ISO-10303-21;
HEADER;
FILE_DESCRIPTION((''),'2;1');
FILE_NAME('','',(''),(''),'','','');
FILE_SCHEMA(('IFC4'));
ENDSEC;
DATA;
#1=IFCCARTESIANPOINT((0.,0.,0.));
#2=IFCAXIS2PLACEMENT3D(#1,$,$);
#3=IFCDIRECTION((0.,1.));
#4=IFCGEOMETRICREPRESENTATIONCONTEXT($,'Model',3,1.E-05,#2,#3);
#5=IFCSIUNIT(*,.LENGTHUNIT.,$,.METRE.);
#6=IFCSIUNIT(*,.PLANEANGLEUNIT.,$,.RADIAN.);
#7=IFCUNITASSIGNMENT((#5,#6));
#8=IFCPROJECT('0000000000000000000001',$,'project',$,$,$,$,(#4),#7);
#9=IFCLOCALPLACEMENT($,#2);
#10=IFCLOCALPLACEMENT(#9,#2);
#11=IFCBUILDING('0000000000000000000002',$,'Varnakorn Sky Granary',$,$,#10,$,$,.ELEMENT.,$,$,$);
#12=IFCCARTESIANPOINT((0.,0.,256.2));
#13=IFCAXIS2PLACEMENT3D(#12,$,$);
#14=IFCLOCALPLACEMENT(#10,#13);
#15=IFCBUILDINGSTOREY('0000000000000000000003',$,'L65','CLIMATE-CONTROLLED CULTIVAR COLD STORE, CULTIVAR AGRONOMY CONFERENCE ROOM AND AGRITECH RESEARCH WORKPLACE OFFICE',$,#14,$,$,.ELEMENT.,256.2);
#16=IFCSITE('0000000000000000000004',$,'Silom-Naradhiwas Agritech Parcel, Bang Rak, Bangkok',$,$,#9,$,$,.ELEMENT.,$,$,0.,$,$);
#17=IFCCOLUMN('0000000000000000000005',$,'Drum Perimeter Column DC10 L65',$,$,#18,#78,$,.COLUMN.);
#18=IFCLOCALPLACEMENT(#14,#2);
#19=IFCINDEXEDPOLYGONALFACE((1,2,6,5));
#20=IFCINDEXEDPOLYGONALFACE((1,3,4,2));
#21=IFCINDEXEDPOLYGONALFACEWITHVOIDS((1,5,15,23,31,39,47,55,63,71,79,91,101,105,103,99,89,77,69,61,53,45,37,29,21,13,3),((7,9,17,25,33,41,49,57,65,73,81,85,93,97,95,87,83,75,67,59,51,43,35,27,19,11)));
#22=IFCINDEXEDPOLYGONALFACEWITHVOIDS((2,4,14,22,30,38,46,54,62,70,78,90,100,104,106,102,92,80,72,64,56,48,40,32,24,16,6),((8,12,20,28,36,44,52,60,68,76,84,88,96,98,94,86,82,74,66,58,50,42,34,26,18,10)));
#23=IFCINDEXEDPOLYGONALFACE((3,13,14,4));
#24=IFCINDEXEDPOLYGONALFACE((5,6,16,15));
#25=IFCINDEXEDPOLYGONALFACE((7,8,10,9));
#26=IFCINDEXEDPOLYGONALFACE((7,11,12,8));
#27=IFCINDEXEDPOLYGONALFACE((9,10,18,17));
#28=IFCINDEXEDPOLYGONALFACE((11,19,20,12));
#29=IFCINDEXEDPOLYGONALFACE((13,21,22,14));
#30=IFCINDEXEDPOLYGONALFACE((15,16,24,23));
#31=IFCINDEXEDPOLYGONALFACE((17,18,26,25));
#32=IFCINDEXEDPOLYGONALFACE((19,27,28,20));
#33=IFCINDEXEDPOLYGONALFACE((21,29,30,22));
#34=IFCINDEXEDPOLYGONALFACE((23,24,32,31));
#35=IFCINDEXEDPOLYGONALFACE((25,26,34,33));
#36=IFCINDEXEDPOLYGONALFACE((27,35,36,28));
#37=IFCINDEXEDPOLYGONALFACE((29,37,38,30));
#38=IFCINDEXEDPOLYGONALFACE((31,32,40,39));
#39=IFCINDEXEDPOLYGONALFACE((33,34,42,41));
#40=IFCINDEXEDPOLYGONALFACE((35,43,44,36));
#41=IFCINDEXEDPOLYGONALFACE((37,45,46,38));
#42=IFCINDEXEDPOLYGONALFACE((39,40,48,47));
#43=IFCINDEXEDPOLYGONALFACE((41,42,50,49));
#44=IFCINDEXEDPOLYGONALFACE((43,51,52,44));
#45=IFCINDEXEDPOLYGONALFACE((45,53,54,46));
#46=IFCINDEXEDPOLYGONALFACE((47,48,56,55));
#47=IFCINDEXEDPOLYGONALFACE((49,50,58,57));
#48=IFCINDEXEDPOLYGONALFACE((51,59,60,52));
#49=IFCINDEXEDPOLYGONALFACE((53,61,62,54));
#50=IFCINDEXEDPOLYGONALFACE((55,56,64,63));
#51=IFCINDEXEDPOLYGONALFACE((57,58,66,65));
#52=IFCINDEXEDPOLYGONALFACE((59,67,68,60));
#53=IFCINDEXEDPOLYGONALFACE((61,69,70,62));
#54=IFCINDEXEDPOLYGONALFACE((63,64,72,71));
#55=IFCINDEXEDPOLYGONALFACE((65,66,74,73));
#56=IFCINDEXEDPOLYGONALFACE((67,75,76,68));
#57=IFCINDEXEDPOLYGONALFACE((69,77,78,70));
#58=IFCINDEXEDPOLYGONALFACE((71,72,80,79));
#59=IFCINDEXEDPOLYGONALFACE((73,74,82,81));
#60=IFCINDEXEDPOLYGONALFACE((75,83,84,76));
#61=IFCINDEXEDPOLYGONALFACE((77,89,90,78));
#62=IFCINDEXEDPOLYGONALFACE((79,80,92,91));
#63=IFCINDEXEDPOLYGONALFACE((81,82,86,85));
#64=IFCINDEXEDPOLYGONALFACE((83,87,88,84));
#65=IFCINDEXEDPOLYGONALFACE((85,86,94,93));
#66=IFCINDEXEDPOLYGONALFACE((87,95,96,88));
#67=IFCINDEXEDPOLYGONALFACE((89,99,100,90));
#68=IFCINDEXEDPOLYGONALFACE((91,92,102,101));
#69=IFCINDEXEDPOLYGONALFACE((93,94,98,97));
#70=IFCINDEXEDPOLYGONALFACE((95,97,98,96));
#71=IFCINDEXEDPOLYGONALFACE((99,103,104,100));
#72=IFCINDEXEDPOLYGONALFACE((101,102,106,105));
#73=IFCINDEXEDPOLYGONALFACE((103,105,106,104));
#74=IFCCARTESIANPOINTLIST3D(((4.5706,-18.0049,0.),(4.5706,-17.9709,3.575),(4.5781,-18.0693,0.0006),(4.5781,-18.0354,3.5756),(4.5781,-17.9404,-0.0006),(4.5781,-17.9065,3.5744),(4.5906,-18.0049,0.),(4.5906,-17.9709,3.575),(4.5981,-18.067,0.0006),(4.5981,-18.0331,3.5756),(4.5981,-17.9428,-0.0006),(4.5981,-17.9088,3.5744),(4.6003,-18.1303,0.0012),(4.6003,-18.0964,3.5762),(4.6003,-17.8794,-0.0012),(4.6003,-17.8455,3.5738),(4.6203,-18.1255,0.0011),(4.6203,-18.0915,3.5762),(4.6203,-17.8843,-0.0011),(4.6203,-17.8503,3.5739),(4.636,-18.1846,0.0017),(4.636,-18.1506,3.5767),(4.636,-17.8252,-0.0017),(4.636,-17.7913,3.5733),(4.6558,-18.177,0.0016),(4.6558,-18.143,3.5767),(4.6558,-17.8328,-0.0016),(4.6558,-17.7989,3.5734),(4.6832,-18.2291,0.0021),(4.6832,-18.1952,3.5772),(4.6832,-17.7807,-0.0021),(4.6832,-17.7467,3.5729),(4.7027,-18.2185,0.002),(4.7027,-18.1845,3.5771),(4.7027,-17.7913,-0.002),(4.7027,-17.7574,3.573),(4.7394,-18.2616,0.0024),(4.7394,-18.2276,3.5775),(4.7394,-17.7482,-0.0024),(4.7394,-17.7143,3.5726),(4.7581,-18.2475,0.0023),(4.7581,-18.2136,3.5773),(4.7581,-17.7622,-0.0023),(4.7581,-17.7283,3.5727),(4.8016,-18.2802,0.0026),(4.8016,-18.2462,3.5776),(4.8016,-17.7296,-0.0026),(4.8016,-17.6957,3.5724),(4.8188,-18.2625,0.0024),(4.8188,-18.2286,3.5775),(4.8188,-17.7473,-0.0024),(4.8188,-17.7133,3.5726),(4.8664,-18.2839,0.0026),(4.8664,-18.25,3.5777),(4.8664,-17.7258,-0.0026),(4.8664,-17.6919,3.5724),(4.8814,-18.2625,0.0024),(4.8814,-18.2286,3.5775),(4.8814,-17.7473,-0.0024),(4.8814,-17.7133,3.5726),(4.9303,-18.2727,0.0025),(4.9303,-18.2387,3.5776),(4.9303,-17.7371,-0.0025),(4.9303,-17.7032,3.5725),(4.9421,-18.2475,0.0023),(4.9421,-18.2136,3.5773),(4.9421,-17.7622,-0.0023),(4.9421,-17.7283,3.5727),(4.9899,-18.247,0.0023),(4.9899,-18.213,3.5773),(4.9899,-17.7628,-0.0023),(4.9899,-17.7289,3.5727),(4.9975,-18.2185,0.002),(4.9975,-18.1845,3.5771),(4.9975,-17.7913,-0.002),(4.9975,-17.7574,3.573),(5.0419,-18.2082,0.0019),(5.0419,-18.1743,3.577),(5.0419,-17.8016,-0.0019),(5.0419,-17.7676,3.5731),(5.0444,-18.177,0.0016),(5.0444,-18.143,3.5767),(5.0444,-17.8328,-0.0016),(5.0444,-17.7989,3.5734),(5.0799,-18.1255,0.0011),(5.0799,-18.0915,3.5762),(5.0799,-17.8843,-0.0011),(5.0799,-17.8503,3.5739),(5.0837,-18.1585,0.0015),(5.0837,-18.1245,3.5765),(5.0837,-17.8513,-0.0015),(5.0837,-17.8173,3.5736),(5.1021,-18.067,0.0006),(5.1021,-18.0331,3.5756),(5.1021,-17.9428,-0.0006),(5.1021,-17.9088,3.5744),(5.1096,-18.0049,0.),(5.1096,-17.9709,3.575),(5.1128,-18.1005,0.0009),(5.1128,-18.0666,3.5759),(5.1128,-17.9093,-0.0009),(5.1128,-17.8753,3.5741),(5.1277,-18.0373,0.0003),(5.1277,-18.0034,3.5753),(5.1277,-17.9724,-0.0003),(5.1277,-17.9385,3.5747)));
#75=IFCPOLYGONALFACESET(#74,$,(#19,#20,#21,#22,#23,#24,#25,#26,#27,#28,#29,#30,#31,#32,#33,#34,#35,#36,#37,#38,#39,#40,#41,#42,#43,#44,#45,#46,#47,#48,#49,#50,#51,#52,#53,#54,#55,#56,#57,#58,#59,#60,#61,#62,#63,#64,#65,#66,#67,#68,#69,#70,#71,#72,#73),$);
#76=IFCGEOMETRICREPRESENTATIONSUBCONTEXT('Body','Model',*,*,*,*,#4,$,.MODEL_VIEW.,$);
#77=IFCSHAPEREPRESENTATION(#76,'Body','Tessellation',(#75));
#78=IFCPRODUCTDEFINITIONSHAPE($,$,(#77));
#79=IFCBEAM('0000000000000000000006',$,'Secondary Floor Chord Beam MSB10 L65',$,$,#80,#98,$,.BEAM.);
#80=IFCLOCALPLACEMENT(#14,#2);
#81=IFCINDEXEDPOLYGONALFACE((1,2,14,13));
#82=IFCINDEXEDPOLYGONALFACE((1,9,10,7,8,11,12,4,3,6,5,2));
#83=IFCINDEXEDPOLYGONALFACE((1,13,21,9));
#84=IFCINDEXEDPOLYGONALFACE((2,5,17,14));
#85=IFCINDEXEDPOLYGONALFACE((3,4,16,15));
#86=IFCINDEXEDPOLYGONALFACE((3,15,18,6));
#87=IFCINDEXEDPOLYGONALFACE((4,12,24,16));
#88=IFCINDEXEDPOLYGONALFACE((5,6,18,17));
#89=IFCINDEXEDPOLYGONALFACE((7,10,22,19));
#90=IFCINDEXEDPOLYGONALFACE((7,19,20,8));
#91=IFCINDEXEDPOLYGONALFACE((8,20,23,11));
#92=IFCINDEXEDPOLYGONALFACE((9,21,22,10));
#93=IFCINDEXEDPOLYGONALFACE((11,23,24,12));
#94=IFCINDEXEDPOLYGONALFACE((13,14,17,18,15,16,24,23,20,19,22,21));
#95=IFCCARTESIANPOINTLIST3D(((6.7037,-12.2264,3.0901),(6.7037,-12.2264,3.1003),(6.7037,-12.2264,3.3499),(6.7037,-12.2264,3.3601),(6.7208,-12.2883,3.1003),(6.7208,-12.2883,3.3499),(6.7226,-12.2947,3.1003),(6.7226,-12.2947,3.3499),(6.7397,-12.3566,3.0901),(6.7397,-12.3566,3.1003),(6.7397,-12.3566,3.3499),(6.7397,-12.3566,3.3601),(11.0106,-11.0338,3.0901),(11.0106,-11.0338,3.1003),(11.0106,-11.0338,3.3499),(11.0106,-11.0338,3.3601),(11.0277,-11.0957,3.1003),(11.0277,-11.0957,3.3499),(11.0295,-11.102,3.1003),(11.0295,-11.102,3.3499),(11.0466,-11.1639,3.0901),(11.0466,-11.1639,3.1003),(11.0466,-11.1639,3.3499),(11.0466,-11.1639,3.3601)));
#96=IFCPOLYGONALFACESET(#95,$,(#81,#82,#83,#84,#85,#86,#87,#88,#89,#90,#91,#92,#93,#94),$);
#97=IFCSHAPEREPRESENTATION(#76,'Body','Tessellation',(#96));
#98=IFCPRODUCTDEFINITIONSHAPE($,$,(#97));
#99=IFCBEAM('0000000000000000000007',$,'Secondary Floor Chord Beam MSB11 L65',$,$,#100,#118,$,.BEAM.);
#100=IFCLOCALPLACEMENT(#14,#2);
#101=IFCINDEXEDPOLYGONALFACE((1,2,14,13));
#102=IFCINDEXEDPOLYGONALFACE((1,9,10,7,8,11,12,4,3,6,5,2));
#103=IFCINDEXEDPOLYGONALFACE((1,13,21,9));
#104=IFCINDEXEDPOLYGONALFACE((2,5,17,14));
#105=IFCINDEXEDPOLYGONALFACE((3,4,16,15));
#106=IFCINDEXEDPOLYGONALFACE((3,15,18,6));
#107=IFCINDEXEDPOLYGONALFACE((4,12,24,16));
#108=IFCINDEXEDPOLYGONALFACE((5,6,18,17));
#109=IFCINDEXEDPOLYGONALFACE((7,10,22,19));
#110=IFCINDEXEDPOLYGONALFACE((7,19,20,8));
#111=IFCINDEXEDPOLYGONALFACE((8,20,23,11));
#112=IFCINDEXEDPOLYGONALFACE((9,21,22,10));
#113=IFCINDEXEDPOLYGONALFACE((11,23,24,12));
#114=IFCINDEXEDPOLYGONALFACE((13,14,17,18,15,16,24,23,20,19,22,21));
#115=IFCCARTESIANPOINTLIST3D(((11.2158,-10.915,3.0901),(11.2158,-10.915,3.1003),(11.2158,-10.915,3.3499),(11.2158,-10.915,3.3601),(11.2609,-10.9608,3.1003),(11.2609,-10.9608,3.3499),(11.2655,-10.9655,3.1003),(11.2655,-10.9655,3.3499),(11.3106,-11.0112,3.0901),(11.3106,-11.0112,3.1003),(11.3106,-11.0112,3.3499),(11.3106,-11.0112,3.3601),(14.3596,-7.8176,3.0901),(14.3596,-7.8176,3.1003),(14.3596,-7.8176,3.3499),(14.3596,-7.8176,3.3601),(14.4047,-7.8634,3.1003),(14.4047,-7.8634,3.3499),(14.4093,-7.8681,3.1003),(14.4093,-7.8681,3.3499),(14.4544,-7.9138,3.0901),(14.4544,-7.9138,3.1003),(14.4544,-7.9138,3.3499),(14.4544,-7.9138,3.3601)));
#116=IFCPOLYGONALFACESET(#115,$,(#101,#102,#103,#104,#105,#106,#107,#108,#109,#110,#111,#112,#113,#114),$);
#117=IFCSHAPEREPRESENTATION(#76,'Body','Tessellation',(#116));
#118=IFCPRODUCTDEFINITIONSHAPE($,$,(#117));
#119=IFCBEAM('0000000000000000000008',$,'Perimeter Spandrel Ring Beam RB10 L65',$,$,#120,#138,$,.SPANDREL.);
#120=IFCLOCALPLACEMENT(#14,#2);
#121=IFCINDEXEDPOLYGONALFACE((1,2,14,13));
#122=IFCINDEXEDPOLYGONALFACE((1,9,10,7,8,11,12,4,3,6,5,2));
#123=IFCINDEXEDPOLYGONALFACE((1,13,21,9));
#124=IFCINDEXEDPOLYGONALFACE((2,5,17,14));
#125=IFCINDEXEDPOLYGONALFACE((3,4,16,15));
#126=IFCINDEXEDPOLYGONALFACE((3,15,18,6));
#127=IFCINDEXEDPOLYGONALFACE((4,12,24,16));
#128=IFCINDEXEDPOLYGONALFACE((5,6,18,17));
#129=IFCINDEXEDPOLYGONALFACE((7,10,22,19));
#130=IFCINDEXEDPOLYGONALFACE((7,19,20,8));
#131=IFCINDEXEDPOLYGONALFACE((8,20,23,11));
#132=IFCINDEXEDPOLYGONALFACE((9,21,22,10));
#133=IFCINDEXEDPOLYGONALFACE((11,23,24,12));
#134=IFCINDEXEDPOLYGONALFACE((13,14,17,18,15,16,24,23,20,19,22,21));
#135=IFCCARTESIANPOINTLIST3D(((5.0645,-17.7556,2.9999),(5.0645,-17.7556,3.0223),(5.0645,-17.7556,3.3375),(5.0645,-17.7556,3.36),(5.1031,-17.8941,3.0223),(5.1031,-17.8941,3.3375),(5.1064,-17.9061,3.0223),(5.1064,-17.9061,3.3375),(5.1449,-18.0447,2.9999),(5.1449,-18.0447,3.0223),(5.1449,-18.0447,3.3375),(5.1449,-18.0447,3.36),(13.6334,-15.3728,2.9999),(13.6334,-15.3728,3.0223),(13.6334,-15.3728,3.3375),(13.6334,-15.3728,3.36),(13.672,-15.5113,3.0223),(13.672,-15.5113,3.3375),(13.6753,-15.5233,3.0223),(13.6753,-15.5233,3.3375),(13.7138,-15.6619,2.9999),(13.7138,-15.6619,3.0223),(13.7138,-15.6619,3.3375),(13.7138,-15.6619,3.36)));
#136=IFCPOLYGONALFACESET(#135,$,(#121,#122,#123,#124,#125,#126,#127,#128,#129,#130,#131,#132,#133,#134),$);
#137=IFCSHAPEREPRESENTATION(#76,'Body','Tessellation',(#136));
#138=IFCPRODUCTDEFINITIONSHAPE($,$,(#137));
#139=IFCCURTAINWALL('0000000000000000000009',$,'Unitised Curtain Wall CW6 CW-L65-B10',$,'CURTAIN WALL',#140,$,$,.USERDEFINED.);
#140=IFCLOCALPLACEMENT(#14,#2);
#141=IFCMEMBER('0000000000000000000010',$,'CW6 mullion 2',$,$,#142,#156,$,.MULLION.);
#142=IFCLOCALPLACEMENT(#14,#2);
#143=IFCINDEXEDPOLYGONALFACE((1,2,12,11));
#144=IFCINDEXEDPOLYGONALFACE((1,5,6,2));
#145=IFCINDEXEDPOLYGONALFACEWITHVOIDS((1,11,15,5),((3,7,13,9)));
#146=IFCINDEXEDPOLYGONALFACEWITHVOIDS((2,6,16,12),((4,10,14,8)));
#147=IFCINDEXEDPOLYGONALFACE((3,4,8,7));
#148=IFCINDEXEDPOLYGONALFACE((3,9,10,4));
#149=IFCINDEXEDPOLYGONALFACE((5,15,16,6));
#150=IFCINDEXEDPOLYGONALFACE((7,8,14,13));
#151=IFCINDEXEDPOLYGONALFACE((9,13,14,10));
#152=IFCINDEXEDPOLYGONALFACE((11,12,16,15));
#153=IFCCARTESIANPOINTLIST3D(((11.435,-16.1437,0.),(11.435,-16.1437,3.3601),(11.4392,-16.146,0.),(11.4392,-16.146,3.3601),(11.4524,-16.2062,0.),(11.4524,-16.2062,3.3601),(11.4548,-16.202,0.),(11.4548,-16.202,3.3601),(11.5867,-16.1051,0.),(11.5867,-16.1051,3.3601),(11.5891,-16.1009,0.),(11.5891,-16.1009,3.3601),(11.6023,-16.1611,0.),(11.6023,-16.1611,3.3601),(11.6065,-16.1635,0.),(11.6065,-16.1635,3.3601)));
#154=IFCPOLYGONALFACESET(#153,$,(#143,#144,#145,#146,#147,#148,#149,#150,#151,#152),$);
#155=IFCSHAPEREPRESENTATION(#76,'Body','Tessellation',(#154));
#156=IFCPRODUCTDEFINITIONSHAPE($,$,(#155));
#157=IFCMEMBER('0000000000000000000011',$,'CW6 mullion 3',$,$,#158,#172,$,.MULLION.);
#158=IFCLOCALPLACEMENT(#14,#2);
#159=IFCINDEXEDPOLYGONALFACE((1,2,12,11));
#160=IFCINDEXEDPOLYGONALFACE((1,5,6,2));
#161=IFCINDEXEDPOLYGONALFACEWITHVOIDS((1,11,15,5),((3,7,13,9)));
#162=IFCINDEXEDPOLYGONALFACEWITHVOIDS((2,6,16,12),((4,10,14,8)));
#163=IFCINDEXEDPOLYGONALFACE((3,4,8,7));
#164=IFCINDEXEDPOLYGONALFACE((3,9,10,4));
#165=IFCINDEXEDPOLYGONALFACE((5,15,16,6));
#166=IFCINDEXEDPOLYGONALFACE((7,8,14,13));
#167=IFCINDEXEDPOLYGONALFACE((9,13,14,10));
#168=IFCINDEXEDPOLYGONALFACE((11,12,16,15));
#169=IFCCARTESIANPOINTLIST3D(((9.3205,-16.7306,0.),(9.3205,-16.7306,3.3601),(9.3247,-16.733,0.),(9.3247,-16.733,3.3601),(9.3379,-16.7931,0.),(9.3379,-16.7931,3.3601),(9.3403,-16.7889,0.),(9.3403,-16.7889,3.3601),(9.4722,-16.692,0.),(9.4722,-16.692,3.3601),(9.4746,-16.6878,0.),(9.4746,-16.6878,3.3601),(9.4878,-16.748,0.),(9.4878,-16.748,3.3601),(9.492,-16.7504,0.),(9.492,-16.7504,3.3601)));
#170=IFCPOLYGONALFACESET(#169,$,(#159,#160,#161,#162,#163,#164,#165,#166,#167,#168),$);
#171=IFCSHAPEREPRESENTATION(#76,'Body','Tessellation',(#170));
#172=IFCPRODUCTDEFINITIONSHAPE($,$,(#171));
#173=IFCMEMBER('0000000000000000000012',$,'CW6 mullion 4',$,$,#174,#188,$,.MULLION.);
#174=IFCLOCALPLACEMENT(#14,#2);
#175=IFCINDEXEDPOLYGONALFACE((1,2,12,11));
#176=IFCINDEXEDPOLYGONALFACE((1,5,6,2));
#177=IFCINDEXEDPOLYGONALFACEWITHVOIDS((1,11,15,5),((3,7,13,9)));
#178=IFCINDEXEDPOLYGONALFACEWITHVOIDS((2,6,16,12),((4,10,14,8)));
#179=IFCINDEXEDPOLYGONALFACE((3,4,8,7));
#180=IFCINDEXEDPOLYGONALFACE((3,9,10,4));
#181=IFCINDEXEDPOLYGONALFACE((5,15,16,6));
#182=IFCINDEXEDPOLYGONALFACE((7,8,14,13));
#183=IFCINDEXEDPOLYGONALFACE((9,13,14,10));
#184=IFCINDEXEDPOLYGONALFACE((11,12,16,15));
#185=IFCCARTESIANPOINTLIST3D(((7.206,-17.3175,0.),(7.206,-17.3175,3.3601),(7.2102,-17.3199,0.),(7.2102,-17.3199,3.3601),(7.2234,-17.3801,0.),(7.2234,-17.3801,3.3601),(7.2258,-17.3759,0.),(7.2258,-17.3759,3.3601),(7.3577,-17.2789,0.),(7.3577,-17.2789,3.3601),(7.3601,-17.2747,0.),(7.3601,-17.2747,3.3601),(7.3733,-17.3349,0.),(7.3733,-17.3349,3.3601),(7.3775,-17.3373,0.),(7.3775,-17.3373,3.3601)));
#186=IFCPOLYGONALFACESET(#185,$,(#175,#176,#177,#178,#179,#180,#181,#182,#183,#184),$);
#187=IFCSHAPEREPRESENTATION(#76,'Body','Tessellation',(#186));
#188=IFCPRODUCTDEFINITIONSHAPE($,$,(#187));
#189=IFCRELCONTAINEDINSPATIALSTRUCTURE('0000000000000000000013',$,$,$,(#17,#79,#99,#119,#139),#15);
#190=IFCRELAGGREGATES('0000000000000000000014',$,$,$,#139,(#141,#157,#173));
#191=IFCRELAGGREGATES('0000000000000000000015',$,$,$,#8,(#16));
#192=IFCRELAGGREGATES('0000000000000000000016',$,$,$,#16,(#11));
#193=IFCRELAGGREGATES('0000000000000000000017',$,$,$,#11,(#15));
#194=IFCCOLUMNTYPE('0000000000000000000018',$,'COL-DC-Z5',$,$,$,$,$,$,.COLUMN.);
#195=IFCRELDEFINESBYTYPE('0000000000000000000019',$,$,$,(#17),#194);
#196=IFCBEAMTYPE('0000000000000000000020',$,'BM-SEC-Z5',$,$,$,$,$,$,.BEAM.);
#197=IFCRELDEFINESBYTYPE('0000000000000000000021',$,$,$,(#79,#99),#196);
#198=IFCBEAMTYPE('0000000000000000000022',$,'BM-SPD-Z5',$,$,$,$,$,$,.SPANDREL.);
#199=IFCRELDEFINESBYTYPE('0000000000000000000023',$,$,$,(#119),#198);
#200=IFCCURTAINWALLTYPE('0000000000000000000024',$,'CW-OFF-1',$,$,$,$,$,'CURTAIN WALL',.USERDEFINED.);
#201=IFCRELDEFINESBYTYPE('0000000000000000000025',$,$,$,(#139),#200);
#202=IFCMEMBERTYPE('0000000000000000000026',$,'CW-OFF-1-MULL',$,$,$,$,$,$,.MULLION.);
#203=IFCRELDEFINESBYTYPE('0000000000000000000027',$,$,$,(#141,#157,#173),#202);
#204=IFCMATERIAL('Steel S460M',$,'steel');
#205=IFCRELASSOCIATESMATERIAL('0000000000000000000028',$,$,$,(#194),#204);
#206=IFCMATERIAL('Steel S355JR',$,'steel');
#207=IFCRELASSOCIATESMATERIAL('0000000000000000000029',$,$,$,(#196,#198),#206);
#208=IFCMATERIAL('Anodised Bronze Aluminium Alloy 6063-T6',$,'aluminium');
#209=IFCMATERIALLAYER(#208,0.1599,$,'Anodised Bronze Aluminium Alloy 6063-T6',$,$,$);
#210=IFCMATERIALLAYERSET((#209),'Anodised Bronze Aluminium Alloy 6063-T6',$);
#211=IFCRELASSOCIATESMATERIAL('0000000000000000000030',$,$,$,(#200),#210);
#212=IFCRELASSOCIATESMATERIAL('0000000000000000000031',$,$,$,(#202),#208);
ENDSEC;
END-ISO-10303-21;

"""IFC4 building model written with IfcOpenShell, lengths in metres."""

from ifc_helpers import new_model, si_unit, direction, frame, origin, origin_2d, place, context, subcontext, project, spatial, hollow_rectangle, hollow_circle, i_section, extrude, material, layer, layer_set, material_profile, profile_set, type_object, element, aggregate, save


model = new_model("IFC4")

# Units and contexts
model_context = context("Model", 3, precision=1e-05, world=origin(), true_north=direction((0.0, 1.0)))
body_context = subcontext(model_context, "Body", "Model", "MODEL_VIEW")
ifc_project = project(units=[si_unit("LENGTHUNIT", "METRE"), si_unit("PLANEANGLEUNIT", "RADIAN")], contexts=[model_context])

# Site, building, storey
site_placement = place(None, origin())
site = spatial("IfcSite", under=ifc_project, at=site_placement, Name="Silom-Naradhiwas Agritech Parcel, Bang Rak, Bangkok", CompositionType="ELEMENT", RefElevation=0.0)
building_placement = place(site_placement, origin())
building = spatial("IfcBuilding", under=site, at=building_placement, Name="Varnakorn Sky Granary", CompositionType="ELEMENT")
storey_placement = place(building_placement, frame((0.0, 0.0, 256.2)))
storey = spatial("IfcBuildingStorey", under=building, at=storey_placement, Name="L65", Description="CLIMATE-CONTROLLED CULTIVAR COLD STORE, CULTIVAR AGRONOMY CONFERENCE ROOM AND AGRITECH RESEARCH WORKPLACE OFFICE", CompositionType="ELEMENT", Elevation=256.2)

# Column
ifc_material_1 = material(Name="Steel S460M", Category="steel")
ifc_material_profile_1 = material_profile(ifc_material_1, hollow_circle(Radius=0.2795, WallThickness=0.02, at=origin_2d()), Name="CHS 559x20")
ifc_profile_set_1 = profile_set([ifc_material_profile_1], Name="Steel S460M")
column_type = type_object("IfcColumnType", Name="COL-DC-Z5", PredefinedType="COLUMN", material=ifc_profile_set_1)
column_placement = place(storey_placement, frame((4.8501, -18.0049, 0.0), z_axis=(0.0, 0.009492, 0.999955), x_axis=(-1.0, 0.0, 0.0)))
element("IfcColumn", 1, at=column_placement, inside=storey, type_object=column_type, Name="Drum Perimeter Column DC10 L65", PredefinedType="COLUMN", context=body_context, shape_type="SweptSolid", body=[
    extrude(hollow_circle(Radius=0.2795, WallThickness=0.02, at=origin_2d()), origin(), (0.0, 0.0, 1.0), 3.5752),
])

# Beams
ifc_material_2 = material(Name="Steel S355JR", Category="steel")
ifc_material_profile_2 = material_profile(ifc_material_2, i_section(OverallWidth=0.135, OverallDepth=0.27, WebThickness=0.0066, FlangeThickness=0.0103, at=origin_2d()), Name="IPE 270")
ifc_profile_set_2 = profile_set([ifc_material_profile_2], Name="Steel S355JR")
beam_type_1 = type_object("IfcBeamType", Name="BM-SEC-Z5", PredefinedType="BEAM", material=ifc_profile_set_2)
beam_1_placement = place(storey_placement, frame((6.7217, -12.2915, 3.2251), z_axis=(0.963733, 0.266869, 0.0), x_axis=(-0.266869, 0.963733, 0.0)))
element("IfcBeam", 2, at=beam_1_placement, inside=storey, type_object=beam_type_1, Name="Secondary Floor Chord Beam MSB10 L65", PredefinedType="BEAM", context=body_context, shape_type="SweptSolid", body=[
    extrude(i_section(OverallWidth=0.135, OverallDepth=0.27, WebThickness=0.0066, FlangeThickness=0.0103, at=origin_2d()), origin(), (0.0, 0.0, 1.0), 4.469),
])
beam_2_placement = place(storey_placement, frame((11.2632, -10.9631, 3.2251), z_axis=(0.712343, 0.701832, 0.0), x_axis=(-0.701832, 0.712343, 0.0)))
element("IfcBeam", 3, at=beam_2_placement, inside=storey, type_object=beam_type_1, Name="Secondary Floor Chord Beam MSB11 L65", PredefinedType="BEAM", context=body_context, shape_type="SweptSolid", body=[
    extrude(i_section(OverallWidth=0.135, OverallDepth=0.27, WebThickness=0.0066, FlangeThickness=0.0103, at=origin_2d()), origin(), (0.0, 0.0, 1.0), 4.4133),
])
ifc_material_profile_3 = material_profile(ifc_material_2, i_section(OverallWidth=0.3, OverallDepth=0.3601, WebThickness=0.0125, FlangeThickness=0.0225, at=origin_2d()), Name="HE 360 B")
ifc_profile_set_3 = profile_set([ifc_material_profile_3], Name="Steel S355JR")
beam_type_2 = type_object("IfcBeamType", Name="BM-SPD-Z5", PredefinedType="SPANDREL", material=ifc_profile_set_3)
beam_3_placement = place(storey_placement, frame((5.1047, -17.9001, 3.1799), z_axis=(0.963443, 0.267913, 0.0), x_axis=(-0.267913, 0.963443, 0.0)))
element("IfcBeam", 4, at=beam_3_placement, inside=storey, type_object=beam_type_2, Name="Perimeter Spandrel Ring Beam RB10 L65", PredefinedType="SPANDREL", context=body_context, shape_type="SweptSolid", body=[
    extrude(i_section(OverallWidth=0.3, OverallDepth=0.3601, WebThickness=0.0125, FlangeThickness=0.0225, at=origin_2d()), origin(), (0.0, 0.0, 1.0), 8.894),
])

# Curtain wall, members
ifc_material_3 = material(Name="Anodised Bronze Aluminium Alloy 6063-T6", Category="aluminium")
ifc_layer_1 = layer(ifc_material_3, 0.1599, Name="Anodised Bronze Aluminium Alloy 6063-T6")
ifc_layer_set_1 = layer_set([ifc_layer_1], Name="Anodised Bronze Aluminium Alloy 6063-T6")
curtain_wall_type = type_object("IfcCurtainWallType", Name="CW-OFF-1", ElementType="CURTAIN WALL", PredefinedType="USERDEFINED", material=ifc_layer_set_1)
curtain_wall_placement = place(storey_placement, origin())
curtain_wall = element("IfcCurtainWall", 5, at=curtain_wall_placement, inside=storey, type_object=curtain_wall_type, Name="Unitised Curtain Wall CW6 CW-L65-B10", ObjectType="CURTAIN WALL", PredefinedType="USERDEFINED")
ifc_material_profile_4 = material_profile(ifc_material_3, hollow_rectangle(XDim=0.0649, YDim=0.1599, WallThickness=0.0034, at=origin_2d()), Name="ALU MULL 65x160")
ifc_profile_set_4 = profile_set([ifc_material_profile_4], Name="Anodised Bronze Aluminium Alloy 6063-T6")
member_type_1 = type_object("IfcMemberType", Name="CW-OFF-1-MULL", PredefinedType="MULLION", material=ifc_profile_set_4)
member_1_placement = place(storey_placement, frame((11.5208, -16.1536, 0.0), z_axis=(0.0, 0.0, 1.0), x_axis=(0.267429, -0.963577, 0.0)))
member_1 = element("IfcMember", 6, at=member_1_placement, type_object=member_type_1, Name="CW6 mullion 2", PredefinedType="MULLION", context=body_context, shape_type="SweptSolid", body=[
    extrude(hollow_rectangle(XDim=0.0649, YDim=0.1599, WallThickness=0.0034, at=origin_2d()), origin(), (0.0, 0.0, 1.0), 3.3601),
])
member_2_placement = place(storey_placement, frame((9.4062, -16.7405, 0.0), z_axis=(0.0, 0.0, 1.0), x_axis=(0.267429, -0.963577, 0.0)))
member_2 = element("IfcMember", 7, at=member_2_placement, type_object=member_type_1, Name="CW6 mullion 3", PredefinedType="MULLION", context=body_context, shape_type="SweptSolid", body=[
    extrude(hollow_rectangle(XDim=0.0649, YDim=0.1599, WallThickness=0.0034, at=origin_2d()), origin(), (0.0, 0.0, 1.0), 3.3601),
])
member_3_placement = place(storey_placement, frame((7.2917, -17.3274, 0.0), z_axis=(0.0, 0.0, 1.0), x_axis=(0.267429, -0.963577, 0.0)))
member_3 = element("IfcMember", 8, at=member_3_placement, type_object=member_type_1, Name="CW6 mullion 4", PredefinedType="MULLION", context=body_context, shape_type="SweptSolid", body=[
    extrude(hollow_rectangle(XDim=0.0649, YDim=0.1599, WallThickness=0.0034, at=origin_2d()), origin(), (0.0, 0.0, 1.0), 3.3601),
])

aggregate(curtain_wall, [member_1, member_2, member_3])

save(model, "model.ifc")
